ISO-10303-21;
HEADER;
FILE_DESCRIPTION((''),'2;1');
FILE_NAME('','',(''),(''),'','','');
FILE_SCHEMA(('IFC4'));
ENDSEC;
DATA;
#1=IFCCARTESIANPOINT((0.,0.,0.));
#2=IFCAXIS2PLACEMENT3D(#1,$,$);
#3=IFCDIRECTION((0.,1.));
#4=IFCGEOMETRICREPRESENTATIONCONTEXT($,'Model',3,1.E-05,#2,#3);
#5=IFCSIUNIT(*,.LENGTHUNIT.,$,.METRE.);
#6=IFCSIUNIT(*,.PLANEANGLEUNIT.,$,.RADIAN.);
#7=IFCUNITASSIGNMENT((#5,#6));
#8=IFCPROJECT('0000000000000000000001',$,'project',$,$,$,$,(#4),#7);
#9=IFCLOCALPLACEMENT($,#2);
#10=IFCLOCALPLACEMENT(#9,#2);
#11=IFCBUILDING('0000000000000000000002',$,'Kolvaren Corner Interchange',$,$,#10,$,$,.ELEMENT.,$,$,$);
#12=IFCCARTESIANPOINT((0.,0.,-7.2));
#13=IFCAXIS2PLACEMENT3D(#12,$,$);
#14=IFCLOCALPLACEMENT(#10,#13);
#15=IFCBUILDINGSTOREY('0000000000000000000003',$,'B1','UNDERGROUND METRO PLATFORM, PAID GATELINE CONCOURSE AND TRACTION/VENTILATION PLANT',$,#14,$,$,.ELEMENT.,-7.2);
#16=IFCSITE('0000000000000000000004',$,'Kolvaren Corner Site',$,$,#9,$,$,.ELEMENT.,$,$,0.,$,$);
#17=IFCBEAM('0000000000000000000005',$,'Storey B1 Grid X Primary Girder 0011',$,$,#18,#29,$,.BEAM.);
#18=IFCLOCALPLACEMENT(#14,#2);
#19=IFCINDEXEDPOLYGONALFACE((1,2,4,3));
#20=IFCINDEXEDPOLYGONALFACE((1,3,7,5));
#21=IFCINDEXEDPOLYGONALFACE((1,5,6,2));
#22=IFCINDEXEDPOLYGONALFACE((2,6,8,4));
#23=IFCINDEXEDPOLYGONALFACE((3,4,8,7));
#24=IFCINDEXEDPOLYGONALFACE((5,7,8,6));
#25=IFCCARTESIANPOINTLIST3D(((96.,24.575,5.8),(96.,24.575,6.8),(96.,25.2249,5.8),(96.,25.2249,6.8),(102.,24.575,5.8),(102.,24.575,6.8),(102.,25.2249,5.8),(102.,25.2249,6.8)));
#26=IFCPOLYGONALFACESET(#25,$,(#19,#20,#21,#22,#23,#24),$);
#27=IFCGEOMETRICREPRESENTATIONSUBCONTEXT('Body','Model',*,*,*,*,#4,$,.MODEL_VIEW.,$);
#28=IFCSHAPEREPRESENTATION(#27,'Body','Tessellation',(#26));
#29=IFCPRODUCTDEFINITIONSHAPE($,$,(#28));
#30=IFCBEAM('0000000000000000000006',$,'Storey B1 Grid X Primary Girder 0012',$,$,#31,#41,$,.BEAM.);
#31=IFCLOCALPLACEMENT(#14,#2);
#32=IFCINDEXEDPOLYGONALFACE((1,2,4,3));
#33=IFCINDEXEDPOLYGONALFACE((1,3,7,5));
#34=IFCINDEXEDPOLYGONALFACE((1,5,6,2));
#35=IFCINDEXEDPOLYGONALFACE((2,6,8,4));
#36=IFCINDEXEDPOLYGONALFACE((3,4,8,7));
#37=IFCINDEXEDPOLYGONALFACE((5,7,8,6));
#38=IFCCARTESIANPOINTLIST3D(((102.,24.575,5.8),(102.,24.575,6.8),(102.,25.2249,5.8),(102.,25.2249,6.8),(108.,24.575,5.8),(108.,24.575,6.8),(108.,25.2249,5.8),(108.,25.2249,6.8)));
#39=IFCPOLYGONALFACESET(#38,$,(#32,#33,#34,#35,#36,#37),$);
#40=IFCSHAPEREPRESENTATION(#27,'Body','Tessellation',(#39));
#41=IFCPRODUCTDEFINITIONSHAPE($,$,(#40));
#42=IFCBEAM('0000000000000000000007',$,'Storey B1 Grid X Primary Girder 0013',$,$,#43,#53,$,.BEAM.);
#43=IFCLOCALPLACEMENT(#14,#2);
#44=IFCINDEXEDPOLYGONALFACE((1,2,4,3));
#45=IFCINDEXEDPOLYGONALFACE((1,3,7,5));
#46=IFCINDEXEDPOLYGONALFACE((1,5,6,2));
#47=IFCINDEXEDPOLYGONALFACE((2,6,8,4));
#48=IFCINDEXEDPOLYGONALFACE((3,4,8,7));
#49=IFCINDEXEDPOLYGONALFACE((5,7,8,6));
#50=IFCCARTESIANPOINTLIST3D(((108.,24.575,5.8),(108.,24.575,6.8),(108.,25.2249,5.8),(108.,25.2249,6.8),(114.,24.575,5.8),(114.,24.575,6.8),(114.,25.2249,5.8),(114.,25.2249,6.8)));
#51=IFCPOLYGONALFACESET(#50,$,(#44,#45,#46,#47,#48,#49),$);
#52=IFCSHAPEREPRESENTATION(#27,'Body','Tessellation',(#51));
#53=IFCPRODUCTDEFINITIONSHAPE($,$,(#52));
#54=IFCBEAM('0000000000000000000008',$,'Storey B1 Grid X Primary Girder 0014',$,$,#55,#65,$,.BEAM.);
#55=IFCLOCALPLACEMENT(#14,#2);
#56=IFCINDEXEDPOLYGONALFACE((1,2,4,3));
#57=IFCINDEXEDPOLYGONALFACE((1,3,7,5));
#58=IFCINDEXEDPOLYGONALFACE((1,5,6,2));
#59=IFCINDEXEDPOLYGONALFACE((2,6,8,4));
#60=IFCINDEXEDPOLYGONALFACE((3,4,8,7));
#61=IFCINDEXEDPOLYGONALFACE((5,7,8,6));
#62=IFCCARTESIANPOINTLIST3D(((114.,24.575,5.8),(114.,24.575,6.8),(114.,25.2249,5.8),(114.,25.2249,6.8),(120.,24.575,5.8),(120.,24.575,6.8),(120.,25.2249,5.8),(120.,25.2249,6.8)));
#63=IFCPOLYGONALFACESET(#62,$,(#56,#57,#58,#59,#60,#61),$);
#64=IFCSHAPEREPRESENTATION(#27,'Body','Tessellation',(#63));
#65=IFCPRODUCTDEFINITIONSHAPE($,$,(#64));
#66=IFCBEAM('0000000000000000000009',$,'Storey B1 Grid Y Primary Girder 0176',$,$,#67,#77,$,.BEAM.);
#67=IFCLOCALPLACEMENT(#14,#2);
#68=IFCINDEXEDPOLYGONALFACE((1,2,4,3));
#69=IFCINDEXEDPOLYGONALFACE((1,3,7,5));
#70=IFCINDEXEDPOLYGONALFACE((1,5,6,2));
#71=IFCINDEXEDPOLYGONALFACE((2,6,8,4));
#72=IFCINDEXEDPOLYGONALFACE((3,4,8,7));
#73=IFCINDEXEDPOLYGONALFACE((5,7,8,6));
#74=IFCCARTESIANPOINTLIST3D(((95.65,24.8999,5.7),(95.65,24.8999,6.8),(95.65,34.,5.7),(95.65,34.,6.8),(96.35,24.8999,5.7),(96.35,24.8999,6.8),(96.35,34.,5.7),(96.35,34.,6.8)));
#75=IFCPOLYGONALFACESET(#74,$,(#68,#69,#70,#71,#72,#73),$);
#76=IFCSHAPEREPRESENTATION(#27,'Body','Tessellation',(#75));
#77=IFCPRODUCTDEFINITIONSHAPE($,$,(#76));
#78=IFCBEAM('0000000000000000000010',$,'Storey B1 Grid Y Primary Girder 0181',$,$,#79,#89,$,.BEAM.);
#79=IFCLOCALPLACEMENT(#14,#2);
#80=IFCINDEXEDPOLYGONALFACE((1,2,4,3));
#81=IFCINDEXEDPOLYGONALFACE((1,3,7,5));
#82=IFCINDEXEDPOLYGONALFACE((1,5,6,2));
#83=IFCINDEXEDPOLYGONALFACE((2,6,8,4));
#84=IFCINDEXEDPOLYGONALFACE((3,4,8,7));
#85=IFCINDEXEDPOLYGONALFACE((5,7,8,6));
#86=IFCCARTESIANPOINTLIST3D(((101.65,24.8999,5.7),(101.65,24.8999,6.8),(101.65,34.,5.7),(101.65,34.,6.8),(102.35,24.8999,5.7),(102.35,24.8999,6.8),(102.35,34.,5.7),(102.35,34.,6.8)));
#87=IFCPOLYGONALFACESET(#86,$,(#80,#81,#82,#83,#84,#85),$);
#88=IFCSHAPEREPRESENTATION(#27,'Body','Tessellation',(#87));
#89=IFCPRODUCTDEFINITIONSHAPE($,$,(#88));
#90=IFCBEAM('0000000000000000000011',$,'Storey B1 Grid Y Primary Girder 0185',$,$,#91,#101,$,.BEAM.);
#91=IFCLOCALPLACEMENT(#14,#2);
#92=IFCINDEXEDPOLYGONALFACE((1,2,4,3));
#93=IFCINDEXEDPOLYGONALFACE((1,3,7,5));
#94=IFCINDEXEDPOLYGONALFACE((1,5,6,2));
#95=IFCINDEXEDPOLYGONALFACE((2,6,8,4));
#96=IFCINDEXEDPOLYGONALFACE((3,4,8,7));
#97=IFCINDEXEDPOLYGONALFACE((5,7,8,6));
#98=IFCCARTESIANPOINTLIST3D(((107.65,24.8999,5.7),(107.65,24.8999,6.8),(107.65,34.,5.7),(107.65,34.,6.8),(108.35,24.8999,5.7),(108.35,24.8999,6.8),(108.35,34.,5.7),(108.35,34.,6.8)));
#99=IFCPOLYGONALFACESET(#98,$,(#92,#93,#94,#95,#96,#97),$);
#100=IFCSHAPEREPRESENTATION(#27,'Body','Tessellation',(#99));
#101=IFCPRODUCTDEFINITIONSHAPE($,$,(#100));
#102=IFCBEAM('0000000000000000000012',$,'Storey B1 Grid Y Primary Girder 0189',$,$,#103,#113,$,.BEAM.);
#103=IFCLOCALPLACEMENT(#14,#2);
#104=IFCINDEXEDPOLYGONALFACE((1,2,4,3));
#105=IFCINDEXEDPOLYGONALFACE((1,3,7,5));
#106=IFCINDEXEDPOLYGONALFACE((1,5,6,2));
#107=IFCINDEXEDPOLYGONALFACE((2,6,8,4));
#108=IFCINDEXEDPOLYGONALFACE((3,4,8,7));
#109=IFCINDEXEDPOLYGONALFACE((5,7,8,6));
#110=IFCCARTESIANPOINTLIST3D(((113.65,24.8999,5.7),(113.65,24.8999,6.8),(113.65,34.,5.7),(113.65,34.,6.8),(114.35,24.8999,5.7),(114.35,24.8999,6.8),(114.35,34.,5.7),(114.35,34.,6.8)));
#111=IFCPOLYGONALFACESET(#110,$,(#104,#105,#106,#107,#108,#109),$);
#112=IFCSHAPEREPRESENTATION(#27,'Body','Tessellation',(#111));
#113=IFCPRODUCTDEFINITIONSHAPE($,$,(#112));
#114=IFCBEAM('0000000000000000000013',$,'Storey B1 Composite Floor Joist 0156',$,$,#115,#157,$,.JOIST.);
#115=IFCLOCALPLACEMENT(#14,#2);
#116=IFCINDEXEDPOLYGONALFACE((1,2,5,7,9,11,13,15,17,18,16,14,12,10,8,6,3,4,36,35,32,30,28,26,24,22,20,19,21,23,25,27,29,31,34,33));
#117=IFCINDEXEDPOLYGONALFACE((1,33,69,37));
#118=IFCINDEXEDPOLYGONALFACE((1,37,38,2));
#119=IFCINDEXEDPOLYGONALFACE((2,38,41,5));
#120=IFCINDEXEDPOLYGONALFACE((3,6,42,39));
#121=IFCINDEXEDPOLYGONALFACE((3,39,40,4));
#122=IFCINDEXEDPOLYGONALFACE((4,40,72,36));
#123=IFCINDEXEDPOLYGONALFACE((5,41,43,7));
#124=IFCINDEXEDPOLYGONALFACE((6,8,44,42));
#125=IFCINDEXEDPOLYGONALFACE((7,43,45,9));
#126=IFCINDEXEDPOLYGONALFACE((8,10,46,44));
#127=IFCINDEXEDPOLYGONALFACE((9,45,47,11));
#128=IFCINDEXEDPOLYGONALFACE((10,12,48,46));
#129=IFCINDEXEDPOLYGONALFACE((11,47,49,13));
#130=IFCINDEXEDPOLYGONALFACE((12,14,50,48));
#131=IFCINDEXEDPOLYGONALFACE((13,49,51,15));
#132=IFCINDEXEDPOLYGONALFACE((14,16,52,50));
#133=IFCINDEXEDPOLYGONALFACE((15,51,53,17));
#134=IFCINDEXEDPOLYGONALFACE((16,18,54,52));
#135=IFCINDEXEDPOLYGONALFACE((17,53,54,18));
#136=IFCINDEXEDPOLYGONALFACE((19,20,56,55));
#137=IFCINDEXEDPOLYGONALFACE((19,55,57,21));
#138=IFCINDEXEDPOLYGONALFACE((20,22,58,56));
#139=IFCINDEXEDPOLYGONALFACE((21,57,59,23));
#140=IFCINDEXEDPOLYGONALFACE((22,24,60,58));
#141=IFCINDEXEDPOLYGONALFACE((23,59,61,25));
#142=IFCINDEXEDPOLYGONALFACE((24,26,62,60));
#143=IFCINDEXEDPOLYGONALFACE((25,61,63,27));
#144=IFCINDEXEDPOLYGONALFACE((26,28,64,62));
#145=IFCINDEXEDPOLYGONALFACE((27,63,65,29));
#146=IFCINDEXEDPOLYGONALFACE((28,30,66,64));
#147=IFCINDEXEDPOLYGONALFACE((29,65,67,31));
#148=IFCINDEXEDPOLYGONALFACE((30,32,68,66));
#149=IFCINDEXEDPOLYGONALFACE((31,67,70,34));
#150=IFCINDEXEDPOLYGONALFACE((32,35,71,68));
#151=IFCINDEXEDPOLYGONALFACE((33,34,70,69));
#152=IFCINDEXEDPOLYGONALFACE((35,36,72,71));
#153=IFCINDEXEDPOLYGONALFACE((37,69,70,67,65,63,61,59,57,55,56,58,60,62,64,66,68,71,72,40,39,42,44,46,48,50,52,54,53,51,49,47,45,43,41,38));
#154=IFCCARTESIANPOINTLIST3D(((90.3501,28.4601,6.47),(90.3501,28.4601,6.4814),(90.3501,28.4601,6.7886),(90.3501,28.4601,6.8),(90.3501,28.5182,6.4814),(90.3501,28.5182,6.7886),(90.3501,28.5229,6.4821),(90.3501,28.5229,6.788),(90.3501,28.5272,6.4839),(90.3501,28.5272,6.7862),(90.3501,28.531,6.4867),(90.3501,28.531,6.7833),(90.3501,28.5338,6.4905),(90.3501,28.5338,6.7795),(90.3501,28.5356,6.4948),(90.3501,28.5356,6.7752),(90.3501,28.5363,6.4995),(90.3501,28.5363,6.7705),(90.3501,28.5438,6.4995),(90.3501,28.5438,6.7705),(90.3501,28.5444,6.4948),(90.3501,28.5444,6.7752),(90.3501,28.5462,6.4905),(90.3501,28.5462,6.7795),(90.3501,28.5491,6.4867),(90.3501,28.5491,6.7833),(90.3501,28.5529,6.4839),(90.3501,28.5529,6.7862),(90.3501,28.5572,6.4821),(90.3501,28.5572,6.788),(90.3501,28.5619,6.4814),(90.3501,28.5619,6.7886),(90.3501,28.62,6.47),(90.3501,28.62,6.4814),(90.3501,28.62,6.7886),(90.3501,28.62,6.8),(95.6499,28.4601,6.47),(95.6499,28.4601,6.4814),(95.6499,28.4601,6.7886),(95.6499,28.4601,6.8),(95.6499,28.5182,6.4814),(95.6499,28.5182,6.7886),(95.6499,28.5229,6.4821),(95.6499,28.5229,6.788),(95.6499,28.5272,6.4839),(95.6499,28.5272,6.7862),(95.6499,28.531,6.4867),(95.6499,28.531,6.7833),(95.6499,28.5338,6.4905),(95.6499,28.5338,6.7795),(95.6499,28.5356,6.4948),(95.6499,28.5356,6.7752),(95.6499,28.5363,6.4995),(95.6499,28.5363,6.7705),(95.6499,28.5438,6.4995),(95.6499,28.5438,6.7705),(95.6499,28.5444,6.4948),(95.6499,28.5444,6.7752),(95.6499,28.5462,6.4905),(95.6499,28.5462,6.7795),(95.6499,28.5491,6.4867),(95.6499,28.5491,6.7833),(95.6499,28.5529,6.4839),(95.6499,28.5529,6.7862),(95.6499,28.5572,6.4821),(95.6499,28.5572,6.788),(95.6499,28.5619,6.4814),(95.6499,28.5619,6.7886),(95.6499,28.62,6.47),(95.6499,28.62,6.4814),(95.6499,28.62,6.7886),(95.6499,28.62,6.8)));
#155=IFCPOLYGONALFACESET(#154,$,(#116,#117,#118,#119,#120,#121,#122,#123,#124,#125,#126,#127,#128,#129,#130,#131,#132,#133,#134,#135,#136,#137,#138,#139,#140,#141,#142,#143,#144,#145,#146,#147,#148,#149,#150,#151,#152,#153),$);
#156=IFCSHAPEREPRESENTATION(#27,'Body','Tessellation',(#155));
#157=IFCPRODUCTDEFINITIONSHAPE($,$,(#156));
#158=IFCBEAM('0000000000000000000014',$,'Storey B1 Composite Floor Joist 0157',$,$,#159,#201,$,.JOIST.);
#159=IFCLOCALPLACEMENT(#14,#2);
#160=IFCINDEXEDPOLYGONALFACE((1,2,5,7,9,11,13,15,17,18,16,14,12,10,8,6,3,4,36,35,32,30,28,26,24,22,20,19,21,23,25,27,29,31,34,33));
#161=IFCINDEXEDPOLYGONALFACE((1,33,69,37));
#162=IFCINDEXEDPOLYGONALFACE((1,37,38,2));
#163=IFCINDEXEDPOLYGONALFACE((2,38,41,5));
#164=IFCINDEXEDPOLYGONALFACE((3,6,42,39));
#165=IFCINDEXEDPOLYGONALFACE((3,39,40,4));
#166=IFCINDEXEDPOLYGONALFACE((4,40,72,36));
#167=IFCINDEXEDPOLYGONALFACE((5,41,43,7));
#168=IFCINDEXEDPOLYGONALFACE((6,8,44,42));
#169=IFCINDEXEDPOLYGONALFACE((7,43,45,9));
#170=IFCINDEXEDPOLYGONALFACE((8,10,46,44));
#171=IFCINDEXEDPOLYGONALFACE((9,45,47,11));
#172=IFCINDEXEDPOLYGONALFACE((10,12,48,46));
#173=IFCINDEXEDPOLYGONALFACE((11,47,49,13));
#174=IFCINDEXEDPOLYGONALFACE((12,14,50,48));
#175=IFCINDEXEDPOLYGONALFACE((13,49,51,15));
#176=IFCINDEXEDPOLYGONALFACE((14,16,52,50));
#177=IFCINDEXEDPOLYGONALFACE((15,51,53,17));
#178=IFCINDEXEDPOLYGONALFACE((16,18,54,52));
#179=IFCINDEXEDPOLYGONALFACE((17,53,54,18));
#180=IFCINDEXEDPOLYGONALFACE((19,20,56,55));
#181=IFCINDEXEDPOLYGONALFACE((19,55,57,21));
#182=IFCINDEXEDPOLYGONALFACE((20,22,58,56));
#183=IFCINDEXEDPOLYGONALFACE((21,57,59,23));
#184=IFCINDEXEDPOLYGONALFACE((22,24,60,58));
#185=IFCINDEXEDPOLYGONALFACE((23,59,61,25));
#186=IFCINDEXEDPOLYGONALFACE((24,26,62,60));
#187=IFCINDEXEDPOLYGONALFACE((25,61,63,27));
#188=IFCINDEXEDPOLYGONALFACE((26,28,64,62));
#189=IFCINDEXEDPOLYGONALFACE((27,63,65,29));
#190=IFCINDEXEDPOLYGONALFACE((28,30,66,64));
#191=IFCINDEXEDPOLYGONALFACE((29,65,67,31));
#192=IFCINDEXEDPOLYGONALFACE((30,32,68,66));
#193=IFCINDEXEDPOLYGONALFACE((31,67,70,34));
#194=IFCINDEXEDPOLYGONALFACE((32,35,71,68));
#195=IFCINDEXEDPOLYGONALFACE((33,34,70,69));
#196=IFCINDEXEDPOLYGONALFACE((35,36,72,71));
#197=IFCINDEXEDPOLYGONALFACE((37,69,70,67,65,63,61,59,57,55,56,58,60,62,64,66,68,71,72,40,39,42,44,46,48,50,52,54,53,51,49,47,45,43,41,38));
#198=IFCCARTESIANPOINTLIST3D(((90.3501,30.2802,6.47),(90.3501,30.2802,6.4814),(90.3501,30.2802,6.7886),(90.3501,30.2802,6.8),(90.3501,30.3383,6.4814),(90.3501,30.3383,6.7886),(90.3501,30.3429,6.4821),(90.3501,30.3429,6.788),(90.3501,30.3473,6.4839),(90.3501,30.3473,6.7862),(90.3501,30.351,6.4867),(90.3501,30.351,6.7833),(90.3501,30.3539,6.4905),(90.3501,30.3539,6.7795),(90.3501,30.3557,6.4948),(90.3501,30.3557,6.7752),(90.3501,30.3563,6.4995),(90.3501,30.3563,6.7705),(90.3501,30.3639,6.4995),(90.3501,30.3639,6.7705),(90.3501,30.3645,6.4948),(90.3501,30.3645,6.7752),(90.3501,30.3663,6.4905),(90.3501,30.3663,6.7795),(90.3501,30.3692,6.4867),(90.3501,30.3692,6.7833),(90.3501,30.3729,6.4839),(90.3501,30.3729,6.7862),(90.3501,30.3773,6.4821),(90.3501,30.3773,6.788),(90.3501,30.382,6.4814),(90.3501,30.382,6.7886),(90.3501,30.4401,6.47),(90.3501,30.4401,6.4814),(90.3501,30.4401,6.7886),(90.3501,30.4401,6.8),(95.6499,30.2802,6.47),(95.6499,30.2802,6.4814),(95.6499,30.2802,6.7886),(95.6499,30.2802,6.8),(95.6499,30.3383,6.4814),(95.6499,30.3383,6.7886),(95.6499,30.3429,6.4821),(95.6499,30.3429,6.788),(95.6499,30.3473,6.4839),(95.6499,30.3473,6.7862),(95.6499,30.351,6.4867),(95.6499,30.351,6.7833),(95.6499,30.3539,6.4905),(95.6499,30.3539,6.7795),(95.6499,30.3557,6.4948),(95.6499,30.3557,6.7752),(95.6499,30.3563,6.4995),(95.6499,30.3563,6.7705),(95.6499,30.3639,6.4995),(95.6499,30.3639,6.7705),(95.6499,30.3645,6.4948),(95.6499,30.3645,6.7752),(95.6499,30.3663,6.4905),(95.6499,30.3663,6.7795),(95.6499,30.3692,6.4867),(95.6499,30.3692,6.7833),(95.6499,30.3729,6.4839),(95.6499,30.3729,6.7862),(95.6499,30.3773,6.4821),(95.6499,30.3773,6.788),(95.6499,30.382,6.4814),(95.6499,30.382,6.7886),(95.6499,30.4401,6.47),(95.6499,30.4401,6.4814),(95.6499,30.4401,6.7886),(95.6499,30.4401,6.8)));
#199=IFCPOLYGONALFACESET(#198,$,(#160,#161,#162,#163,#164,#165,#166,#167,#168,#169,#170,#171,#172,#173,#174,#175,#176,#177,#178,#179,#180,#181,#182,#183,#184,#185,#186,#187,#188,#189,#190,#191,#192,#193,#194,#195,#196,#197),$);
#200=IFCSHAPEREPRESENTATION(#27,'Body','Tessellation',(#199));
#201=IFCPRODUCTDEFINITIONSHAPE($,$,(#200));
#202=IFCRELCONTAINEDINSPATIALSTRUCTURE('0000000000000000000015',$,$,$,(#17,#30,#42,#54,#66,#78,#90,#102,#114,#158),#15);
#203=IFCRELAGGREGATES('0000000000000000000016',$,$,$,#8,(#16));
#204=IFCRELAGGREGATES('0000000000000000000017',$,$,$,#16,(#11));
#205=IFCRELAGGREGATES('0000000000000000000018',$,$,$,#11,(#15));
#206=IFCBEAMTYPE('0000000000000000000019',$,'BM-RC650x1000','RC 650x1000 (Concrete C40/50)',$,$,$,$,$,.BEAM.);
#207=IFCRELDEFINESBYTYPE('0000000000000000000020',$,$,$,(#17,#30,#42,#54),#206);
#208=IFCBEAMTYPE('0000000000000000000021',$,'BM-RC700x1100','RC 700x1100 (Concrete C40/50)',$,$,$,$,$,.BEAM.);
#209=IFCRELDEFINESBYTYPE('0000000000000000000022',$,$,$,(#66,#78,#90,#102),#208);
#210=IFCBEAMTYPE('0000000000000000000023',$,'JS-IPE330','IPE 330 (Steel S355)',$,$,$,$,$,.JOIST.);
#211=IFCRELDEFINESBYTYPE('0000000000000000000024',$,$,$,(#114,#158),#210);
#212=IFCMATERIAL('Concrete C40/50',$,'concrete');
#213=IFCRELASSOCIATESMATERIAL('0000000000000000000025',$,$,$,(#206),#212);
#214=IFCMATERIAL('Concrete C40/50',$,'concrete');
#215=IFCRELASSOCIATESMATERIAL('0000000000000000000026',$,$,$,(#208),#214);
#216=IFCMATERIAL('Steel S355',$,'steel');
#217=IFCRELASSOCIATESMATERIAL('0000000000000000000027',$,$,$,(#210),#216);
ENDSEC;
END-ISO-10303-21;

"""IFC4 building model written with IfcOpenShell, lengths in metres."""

from ifc_helpers import new_model, si_unit, direction, frame, origin, origin_2d, place, context, subcontext, project, spatial, rectangle, i_section, extrude, material, material_profile, profile_set, type_object, element, save


model = new_model("IFC4")

# Units and contexts
model_context = context("Model", 3, precision=1e-05, world=origin(), true_north=direction((0.0, 1.0)))
body_context = subcontext(model_context, "Body", "Model", "MODEL_VIEW")
ifc_project = project(units=[si_unit("LENGTHUNIT", "METRE"), si_unit("PLANEANGLEUNIT", "RADIAN")], contexts=[model_context])

# Site, building, storey
site_placement = place(None, origin())
site = spatial("IfcSite", under=ifc_project, at=site_placement, Name="Kolvaren Corner Site", CompositionType="ELEMENT", RefElevation=0.0)
building_placement = place(site_placement, origin())
building = spatial("IfcBuilding", under=site, at=building_placement, Name="Kolvaren Corner Interchange", CompositionType="ELEMENT")
storey_placement = place(building_placement, frame((0.0, 0.0, -7.2)))
storey = spatial("IfcBuildingStorey", under=building, at=storey_placement, Name="B1", Description="UNDERGROUND METRO PLATFORM, PAID GATELINE CONCOURSE AND TRACTION/VENTILATION PLANT", CompositionType="ELEMENT", Elevation=-7.2)

# Beams
ifc_material_1 = material(Name="Concrete C40/50", Category="concrete")
ifc_material_profile_1 = material_profile(ifc_material_1, rectangle(XDim=0.6499, YDim=1.0, at=origin_2d()), Name="RC 650x1000")
ifc_profile_set_1 = profile_set([ifc_material_profile_1], Name="Concrete C40/50")
beam_type_1 = type_object("IfcBeamType", Name="BM-RC650x1000", Description="RC 650x1000 (Concrete C40/50)", PredefinedType="BEAM", material=ifc_profile_set_1)
for number, where, z_axis, x_axis, name in (
    (1, (96.0, 24.8999, 6.3), (1.0, 0.0, 0.0), (0.0, 1.0, 0.0), "Storey B1 Grid X Primary Girder 0011"),
    (2, (102.0, 24.8999, 6.3), (1.0, 0.0, 0.0), (0.0, 1.0, 0.0), "Storey B1 Grid X Primary Girder 0012"),
    (3, (108.0, 24.8999, 6.3), (1.0, 0.0, 0.0), (0.0, 1.0, 0.0), "Storey B1 Grid X Primary Girder 0013"),
    (4, (114.0, 24.8999, 6.3), (1.0, 0.0, 0.0), (0.0, 1.0, 0.0), "Storey B1 Grid X Primary Girder 0014"),
):
    element("IfcBeam", number, at=place(storey_placement, frame(where, z_axis=z_axis, x_axis=x_axis)), inside=storey, type_object=beam_type_1, Name=name, PredefinedType="BEAM", context=body_context, shape_type="SweptSolid", body=[
        extrude(rectangle(XDim=0.6499, YDim=1.0, at=origin_2d()), origin(), (0.0, 0.0, 1.0), 6.0),
    ])
ifc_material_2 = material(Name="Concrete C40/50", Category="concrete")
ifc_material_profile_2 = material_profile(ifc_material_2, rectangle(XDim=0.7, YDim=1.1001, at=origin_2d()), Name="RC 700x1100")
ifc_profile_set_2 = profile_set([ifc_material_profile_2], Name="Concrete C40/50")
beam_type_2 = type_object("IfcBeamType", Name="BM-RC700x1100", Description="RC 700x1100 (Concrete C40/50)", PredefinedType="BEAM", material=ifc_profile_set_2)
for number, where, z_axis, x_axis, name in (
    (5, (96.0, 24.8999, 6.25), (0.0, 1.0, 0.0), (-1.0, 0.0, 0.0), "Storey B1 Grid Y Primary Girder 0176"),
    (6, (102.0, 24.8999, 6.25), (0.0, 1.0, 0.0), (-1.0, 0.0, 0.0), "Storey B1 Grid Y Primary Girder 0181"),
    (7, (108.0, 24.8999, 6.25), (0.0, 1.0, 0.0), (-1.0, 0.0, 0.0), "Storey B1 Grid Y Primary Girder 0185"),
    (8, (114.0, 24.8999, 6.25), (0.0, 1.0, 0.0), (-1.0, 0.0, 0.0), "Storey B1 Grid Y Primary Girder 0189"),
):
    element("IfcBeam", number, at=place(storey_placement, frame(where, z_axis=z_axis, x_axis=x_axis)), inside=storey, type_object=beam_type_2, Name=name, PredefinedType="BEAM", context=body_context, shape_type="SweptSolid", body=[
        extrude(rectangle(XDim=0.7, YDim=1.1001, at=origin_2d()), origin(), (0.0, 0.0, 1.0), 9.1001),
    ])
ifc_material_3 = material(Name="Steel S355", Category="steel")
ifc_material_profile_3 = material_profile(ifc_material_3, i_section(OverallWidth=0.1599, OverallDepth=0.3301, WebThickness=0.0076, FlangeThickness=0.0115, FilletRadius=0.0181, at=origin_2d()), Name="IPE 330")
ifc_profile_set_3 = profile_set([ifc_material_profile_3], Name="Steel S355")
beam_type_3 = type_object("IfcBeamType", Name="JS-IPE330", Description="IPE 330 (Steel S355)", PredefinedType="JOIST", material=ifc_profile_set_3)
for number, where, z_axis, x_axis, name in (
    (9, (90.3501, 28.54, 6.635), (1.0, 0.0, 0.0), (0.0, 1.0, 0.0), "Storey B1 Composite Floor Joist 0156"),
    (10, (90.3501, 30.3601, 6.635), (1.0, 0.0, 0.0), (0.0, 1.0, 0.0), "Storey B1 Composite Floor Joist 0157"),
):
    element("IfcBeam", number, at=place(storey_placement, frame(where, z_axis=z_axis, x_axis=x_axis)), inside=storey, type_object=beam_type_3, Name=name, PredefinedType="JOIST", context=body_context, shape_type="SweptSolid", body=[
        extrude(i_section(OverallWidth=0.1599, OverallDepth=0.3301, WebThickness=0.0076, FlangeThickness=0.0115, FilletRadius=0.0181, at=origin_2d()), origin(), (0.0, 0.0, 1.0), 5.2998),
    ])

save(model, "model.ifc")
